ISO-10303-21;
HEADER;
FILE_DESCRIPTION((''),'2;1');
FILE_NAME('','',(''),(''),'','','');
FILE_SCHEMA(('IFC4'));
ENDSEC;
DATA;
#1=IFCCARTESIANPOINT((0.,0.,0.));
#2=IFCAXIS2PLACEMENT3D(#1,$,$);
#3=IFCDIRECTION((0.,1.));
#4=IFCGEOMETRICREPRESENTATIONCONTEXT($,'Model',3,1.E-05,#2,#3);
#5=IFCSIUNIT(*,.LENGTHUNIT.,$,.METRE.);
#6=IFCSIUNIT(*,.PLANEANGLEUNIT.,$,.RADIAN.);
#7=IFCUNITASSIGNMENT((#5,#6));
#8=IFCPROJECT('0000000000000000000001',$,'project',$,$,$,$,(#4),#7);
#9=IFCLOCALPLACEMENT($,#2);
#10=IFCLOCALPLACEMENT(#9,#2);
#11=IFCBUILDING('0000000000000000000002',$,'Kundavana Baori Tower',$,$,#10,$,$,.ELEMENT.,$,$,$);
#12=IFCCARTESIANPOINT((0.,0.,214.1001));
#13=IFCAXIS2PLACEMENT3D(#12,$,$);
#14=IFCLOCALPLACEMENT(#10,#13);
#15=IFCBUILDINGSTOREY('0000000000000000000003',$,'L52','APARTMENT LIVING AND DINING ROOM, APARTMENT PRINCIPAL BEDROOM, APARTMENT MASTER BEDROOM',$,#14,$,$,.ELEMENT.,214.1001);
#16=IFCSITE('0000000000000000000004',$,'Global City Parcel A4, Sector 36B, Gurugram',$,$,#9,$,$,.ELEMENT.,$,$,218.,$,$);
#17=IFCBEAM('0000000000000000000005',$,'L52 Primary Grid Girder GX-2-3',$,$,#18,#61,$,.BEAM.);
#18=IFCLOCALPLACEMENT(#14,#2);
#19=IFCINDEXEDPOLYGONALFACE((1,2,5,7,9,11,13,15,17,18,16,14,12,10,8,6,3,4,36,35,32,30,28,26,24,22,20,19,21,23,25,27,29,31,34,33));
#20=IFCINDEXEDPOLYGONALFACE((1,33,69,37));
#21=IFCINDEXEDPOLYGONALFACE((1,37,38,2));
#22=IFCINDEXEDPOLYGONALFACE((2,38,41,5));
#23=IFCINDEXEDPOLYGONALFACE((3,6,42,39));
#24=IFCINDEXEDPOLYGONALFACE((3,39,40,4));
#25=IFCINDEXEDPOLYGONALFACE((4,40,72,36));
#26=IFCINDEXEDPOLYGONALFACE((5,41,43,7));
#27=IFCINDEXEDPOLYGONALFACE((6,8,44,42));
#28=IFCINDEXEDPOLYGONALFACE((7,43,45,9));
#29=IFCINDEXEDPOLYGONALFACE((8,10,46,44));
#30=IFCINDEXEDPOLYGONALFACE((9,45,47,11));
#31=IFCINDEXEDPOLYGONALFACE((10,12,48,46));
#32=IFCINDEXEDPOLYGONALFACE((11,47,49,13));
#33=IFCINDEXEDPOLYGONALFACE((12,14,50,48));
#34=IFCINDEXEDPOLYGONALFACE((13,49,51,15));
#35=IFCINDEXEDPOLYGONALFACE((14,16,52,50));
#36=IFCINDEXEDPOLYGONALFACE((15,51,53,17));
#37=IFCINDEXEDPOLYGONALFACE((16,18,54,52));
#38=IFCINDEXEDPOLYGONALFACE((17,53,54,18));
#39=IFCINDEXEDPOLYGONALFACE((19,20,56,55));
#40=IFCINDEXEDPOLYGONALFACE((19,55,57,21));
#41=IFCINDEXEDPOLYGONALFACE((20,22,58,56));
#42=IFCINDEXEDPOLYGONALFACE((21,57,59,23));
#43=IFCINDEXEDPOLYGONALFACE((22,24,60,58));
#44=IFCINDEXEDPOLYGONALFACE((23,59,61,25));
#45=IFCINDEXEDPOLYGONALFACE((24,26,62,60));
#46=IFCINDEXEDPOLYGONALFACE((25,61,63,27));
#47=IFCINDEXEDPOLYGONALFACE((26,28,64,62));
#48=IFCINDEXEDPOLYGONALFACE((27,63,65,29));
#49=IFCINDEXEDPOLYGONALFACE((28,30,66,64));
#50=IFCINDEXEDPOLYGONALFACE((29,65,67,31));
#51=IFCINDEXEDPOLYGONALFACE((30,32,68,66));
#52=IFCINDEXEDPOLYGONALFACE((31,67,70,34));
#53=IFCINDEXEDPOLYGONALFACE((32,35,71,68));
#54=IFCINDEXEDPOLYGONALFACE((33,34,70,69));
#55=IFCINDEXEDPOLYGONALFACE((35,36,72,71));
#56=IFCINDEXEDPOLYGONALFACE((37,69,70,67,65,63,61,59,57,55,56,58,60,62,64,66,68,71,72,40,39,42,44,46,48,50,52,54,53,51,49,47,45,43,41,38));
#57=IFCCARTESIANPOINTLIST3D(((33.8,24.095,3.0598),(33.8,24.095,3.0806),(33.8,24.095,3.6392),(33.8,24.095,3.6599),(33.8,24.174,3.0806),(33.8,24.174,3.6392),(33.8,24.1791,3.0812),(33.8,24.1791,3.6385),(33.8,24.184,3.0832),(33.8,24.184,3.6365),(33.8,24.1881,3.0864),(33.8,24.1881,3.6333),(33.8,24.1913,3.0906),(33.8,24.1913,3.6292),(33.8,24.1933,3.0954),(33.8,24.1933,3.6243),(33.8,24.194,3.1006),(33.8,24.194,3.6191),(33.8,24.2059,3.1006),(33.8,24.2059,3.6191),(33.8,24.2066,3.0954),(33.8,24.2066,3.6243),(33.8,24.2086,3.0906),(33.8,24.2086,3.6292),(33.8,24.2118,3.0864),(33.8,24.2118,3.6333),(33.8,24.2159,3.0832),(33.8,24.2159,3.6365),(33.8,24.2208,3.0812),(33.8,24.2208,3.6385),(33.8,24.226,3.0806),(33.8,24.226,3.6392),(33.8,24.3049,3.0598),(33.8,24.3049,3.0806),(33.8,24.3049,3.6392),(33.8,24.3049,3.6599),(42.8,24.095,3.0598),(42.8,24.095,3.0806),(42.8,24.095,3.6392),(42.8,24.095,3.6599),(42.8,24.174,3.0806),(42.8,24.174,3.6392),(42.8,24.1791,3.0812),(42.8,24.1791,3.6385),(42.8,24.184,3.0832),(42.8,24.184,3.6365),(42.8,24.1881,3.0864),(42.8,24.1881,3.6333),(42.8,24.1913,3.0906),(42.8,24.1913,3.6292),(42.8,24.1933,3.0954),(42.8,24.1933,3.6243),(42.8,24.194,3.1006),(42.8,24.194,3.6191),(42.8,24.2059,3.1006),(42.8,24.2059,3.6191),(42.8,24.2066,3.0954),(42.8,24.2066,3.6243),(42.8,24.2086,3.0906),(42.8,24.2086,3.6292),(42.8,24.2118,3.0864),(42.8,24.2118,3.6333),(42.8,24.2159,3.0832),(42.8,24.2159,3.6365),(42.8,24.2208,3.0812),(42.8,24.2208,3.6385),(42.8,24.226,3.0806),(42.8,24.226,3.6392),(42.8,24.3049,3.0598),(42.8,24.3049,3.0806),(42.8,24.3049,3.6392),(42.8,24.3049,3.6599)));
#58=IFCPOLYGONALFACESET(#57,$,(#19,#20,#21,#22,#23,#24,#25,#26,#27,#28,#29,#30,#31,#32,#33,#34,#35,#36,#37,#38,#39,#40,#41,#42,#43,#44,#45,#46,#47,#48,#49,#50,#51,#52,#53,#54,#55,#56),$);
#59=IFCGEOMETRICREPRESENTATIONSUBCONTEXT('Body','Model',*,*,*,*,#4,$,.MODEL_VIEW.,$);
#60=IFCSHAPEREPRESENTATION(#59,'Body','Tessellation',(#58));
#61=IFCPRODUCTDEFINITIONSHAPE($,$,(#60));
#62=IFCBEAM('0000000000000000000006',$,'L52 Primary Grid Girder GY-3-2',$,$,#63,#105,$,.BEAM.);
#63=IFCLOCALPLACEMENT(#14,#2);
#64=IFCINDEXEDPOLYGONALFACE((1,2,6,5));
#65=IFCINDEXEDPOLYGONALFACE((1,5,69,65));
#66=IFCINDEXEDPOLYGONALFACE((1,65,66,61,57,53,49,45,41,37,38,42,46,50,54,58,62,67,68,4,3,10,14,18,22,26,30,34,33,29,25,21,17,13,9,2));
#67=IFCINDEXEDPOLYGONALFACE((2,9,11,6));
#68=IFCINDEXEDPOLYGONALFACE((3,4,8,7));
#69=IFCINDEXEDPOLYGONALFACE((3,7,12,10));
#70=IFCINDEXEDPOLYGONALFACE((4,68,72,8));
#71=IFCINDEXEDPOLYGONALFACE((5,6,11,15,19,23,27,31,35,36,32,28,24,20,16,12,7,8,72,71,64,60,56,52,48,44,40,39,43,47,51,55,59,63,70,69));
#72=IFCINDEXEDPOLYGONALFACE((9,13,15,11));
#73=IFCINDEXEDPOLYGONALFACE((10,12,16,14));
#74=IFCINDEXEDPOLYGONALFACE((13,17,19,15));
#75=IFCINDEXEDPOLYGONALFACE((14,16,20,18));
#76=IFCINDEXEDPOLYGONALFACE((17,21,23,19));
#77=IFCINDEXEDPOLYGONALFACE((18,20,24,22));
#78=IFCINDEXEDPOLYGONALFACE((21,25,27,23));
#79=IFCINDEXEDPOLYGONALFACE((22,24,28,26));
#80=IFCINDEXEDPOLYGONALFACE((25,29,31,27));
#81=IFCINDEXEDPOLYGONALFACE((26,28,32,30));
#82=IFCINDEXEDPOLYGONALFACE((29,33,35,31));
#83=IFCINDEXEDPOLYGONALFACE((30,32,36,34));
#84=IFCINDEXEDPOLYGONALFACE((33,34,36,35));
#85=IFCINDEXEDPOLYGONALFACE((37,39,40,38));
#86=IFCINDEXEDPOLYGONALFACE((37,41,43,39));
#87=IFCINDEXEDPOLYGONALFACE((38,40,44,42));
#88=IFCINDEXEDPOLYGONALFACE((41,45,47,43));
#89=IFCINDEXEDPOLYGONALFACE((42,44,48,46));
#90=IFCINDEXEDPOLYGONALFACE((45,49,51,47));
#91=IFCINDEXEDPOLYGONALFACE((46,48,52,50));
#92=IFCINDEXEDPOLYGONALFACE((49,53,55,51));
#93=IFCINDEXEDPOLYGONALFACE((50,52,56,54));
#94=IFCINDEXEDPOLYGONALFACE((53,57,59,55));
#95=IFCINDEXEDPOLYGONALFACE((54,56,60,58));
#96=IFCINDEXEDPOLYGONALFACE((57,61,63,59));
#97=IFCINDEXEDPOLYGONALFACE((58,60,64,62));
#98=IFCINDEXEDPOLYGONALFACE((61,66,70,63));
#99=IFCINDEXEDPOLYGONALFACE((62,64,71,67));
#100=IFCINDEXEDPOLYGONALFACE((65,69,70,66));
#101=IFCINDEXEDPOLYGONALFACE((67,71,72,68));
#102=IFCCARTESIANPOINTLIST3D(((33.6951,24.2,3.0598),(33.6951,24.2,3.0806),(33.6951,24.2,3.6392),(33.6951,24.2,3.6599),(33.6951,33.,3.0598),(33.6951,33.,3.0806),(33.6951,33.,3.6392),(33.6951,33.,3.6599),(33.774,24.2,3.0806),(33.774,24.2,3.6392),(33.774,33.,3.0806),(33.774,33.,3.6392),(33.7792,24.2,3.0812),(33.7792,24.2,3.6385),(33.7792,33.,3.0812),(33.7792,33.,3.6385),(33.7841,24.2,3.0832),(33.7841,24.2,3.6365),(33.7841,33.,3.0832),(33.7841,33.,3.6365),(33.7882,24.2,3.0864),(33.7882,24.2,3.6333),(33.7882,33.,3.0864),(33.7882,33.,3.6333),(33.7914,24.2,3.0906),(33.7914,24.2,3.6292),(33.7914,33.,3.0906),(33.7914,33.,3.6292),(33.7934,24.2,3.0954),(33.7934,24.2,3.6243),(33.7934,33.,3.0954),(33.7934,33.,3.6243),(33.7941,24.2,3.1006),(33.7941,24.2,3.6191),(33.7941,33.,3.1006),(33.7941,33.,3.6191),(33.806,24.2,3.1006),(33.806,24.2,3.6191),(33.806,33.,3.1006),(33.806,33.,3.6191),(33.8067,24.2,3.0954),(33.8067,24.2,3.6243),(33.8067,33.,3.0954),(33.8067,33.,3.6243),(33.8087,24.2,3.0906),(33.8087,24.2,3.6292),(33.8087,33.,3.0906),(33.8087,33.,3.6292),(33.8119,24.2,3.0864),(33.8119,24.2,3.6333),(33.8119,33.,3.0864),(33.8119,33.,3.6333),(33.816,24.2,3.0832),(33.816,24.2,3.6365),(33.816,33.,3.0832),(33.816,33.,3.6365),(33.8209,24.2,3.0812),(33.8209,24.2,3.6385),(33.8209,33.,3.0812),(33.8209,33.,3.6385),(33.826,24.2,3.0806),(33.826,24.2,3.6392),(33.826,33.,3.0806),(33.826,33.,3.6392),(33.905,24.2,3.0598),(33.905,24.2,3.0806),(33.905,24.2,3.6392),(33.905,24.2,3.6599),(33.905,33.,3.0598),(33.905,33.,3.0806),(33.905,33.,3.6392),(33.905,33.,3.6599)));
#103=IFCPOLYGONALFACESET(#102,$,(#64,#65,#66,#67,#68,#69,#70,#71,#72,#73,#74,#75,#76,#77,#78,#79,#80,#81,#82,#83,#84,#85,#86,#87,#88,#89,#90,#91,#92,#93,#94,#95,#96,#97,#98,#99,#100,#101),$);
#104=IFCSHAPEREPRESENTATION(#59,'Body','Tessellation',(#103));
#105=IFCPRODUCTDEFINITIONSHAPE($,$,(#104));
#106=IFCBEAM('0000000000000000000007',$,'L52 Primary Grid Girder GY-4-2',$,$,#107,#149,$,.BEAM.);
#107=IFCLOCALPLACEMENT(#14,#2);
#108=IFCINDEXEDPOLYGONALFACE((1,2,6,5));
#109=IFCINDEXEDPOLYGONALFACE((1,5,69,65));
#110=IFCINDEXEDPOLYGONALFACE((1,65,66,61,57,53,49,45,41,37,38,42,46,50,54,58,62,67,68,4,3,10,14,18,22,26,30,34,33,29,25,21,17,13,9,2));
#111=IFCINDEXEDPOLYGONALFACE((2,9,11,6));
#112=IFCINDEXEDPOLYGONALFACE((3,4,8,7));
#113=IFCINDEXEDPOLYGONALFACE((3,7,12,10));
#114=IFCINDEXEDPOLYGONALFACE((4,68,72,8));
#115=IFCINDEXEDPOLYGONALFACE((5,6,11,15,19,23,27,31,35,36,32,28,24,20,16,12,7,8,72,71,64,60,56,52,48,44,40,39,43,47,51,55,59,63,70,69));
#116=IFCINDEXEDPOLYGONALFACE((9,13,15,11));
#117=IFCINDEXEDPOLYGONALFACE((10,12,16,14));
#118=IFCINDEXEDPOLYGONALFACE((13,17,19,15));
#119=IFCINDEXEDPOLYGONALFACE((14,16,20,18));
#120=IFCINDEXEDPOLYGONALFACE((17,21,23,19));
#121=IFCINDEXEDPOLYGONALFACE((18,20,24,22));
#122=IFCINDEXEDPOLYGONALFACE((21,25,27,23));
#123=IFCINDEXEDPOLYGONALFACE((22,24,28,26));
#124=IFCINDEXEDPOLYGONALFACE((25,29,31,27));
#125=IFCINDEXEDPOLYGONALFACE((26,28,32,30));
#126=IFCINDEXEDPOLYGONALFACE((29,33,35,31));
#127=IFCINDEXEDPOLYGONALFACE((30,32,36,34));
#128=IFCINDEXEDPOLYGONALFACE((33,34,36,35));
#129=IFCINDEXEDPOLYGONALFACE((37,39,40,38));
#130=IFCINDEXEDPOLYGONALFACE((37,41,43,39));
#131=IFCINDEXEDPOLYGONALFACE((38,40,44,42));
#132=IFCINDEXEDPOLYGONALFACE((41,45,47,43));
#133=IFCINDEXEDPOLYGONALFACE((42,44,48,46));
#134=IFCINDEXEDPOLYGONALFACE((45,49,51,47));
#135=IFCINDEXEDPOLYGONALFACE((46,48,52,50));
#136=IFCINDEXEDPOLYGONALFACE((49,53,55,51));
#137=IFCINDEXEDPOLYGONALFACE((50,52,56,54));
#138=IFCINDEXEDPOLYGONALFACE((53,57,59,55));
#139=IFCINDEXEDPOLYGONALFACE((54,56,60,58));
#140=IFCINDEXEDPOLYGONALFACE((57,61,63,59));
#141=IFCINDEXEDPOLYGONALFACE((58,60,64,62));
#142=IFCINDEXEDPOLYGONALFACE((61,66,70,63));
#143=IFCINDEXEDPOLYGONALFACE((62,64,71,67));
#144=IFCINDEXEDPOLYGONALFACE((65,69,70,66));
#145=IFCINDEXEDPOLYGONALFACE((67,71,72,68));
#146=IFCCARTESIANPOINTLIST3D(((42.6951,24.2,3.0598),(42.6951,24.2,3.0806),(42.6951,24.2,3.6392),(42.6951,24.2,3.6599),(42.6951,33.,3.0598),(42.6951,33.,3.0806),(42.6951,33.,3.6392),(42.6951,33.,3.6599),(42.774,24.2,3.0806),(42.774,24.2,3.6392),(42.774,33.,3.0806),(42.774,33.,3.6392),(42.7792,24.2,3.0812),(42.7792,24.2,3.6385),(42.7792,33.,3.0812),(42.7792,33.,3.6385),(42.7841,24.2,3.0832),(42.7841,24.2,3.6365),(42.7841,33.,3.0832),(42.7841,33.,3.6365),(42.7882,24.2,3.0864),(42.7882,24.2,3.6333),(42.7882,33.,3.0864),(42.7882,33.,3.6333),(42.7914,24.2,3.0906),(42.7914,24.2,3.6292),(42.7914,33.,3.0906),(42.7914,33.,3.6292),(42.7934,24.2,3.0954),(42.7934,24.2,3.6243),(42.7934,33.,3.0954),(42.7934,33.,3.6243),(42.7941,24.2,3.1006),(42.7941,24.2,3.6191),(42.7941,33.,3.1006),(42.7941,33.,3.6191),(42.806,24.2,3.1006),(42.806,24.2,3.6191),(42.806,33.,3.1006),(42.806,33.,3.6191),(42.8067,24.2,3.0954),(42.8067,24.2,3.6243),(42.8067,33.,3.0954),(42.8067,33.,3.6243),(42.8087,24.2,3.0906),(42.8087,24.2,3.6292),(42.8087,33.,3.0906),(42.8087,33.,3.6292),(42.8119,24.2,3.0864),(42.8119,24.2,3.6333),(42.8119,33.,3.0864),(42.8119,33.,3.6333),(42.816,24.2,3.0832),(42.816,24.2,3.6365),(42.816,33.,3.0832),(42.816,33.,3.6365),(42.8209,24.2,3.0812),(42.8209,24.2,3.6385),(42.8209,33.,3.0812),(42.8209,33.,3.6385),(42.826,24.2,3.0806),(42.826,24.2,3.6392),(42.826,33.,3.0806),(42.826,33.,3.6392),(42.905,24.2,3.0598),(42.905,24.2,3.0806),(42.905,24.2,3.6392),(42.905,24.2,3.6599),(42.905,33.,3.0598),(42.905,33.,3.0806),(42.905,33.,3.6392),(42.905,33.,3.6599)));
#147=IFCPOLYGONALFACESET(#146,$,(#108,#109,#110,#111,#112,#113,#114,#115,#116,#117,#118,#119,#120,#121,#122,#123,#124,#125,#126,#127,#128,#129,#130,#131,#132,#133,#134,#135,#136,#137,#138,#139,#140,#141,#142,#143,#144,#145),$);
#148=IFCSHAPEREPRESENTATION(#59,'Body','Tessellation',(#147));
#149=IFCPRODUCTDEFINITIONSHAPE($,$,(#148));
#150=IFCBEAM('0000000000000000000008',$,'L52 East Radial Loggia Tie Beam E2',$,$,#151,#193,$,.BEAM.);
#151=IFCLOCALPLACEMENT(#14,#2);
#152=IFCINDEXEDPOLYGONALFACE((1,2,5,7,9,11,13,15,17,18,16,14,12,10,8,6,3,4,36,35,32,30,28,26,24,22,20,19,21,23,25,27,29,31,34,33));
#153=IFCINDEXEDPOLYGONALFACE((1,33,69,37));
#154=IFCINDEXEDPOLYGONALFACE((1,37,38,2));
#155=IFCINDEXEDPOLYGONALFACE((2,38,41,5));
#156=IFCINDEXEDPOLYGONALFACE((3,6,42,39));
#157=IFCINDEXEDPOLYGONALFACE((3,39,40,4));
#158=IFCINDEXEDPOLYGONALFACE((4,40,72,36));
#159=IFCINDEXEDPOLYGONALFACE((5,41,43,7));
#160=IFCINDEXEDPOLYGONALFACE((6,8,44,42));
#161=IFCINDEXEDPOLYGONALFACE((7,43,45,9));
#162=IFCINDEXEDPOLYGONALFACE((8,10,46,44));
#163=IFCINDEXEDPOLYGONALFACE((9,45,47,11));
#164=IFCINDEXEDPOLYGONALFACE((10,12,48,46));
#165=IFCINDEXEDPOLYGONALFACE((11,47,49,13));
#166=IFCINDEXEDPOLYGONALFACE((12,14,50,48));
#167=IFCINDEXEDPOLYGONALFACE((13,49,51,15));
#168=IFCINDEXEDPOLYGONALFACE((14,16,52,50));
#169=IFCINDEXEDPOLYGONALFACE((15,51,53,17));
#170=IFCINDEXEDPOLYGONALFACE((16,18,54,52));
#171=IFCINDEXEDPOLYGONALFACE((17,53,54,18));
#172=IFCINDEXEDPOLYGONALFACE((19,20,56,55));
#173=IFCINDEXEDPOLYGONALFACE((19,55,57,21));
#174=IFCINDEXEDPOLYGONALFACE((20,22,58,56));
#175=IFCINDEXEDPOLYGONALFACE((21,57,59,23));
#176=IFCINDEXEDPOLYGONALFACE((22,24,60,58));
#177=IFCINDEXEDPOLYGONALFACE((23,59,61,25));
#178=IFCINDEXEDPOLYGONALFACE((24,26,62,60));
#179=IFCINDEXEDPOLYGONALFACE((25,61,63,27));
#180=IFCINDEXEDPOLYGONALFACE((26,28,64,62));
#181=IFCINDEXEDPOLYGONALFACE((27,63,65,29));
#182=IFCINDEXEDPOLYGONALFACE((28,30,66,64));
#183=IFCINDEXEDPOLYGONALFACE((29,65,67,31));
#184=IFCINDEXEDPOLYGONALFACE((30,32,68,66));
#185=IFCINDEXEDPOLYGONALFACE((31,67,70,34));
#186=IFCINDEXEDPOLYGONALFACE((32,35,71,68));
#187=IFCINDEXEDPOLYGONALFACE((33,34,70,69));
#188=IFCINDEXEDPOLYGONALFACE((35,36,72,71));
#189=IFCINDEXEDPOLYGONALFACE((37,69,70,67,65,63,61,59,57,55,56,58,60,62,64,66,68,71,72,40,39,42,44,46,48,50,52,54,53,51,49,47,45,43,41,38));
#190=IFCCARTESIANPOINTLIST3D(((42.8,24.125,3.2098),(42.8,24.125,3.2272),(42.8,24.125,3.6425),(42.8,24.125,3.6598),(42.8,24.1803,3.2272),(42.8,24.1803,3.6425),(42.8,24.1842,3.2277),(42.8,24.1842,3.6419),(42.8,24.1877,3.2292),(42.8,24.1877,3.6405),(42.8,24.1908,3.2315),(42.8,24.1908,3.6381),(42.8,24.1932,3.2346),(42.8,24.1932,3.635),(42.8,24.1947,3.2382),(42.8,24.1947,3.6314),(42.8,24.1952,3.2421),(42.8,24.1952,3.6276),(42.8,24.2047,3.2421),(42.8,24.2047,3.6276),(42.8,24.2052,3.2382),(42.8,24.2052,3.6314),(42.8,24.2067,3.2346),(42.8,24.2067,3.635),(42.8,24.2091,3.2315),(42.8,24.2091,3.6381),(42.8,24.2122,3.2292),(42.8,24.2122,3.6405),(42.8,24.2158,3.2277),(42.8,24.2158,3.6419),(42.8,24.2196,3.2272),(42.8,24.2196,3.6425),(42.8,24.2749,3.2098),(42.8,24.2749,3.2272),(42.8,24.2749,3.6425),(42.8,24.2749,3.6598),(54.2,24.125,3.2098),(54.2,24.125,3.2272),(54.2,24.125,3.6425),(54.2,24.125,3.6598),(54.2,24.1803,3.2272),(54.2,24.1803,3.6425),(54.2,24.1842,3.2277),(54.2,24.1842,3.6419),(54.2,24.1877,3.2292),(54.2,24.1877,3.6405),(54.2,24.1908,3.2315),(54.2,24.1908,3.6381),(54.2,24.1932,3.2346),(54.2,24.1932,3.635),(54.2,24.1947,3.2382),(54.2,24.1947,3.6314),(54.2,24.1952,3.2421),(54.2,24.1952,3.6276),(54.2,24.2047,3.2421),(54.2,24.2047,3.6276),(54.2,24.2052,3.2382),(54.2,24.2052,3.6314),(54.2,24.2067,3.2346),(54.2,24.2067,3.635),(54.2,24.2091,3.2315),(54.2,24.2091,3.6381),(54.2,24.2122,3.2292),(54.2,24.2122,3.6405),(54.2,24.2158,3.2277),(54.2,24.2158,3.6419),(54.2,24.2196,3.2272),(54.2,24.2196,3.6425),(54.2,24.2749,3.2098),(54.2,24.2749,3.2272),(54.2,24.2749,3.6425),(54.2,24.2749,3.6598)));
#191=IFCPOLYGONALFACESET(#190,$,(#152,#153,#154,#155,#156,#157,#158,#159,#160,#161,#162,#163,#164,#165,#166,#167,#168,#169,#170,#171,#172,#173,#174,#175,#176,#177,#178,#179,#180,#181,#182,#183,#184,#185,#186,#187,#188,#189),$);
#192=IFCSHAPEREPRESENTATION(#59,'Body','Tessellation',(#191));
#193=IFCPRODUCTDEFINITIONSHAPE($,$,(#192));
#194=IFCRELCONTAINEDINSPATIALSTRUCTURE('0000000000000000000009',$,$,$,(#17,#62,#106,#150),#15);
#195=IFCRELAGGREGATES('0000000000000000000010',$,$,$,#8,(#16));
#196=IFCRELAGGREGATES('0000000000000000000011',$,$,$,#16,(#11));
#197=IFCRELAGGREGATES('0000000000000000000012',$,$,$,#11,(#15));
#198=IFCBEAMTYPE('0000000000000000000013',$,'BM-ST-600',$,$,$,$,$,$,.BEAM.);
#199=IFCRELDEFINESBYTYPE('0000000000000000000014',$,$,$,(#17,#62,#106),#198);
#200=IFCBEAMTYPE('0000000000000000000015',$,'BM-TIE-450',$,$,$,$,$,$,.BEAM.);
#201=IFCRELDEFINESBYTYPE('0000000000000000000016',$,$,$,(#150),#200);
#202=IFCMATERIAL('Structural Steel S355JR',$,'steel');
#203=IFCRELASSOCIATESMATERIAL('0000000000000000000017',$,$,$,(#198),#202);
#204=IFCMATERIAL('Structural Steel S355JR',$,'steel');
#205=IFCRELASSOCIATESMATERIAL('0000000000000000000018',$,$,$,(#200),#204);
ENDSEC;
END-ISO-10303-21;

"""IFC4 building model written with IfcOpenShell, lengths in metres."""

from ifc_helpers import new_model, si_unit, direction, frame, origin, origin_2d, place, context, subcontext, project, spatial, i_section, extrude, material, material_profile, profile_set, type_object, element, save


model = new_model("IFC4")

# Units and contexts
model_context = context("Model", 3, precision=1e-05, world=origin(), true_north=direction((0.0, 1.0)))
body_context = subcontext(model_context, "Body", "Model", "MODEL_VIEW")
ifc_project = project(units=[si_unit("LENGTHUNIT", "METRE"), si_unit("PLANEANGLEUNIT", "RADIAN")], contexts=[model_context])

# Site, building, storey
site_placement = place(None, origin())
site = spatial("IfcSite", under=ifc_project, at=site_placement, Name="Global City Parcel A4, Sector 36B, Gurugram", CompositionType="ELEMENT", RefElevation=218.0)
building_placement = place(site_placement, origin())
building = spatial("IfcBuilding", under=site, at=building_placement, Name="Kundavana Baori Tower", CompositionType="ELEMENT")
storey_placement = place(building_placement, frame((0.0, 0.0, 214.1001)))
storey = spatial("IfcBuildingStorey", under=building, at=storey_placement, Name="L52", Description="APARTMENT LIVING AND DINING ROOM, APARTMENT PRINCIPAL BEDROOM, APARTMENT MASTER BEDROOM", CompositionType="ELEMENT", Elevation=214.1001)

# Beams
ifc_material_1 = material(Name="Structural Steel S355JR", Category="steel")
ifc_material_profile_1 = material_profile(ifc_material_1, i_section(OverallWidth=0.21, OverallDepth=0.6001, WebThickness=0.012, FlangeThickness=0.0208, FilletRadius=0.02, at=origin_2d()), Name="ISMB 600")
ifc_profile_set_1 = profile_set([ifc_material_profile_1], Name="Structural Steel S355JR")
beam_type_1 = type_object("IfcBeamType", Name="BM-ST-600", PredefinedType="BEAM", material=ifc_profile_set_1)
beam_1_placement = place(storey_placement, frame((33.8, 24.2, 3.3599), z_axis=(1.0, 0.0, 0.0), x_axis=(0.0, 1.0, 0.0)))
element("IfcBeam", 1, at=beam_1_placement, inside=storey, type_object=beam_type_1, Name="L52 Primary Grid Girder GX-2-3", PredefinedType="BEAM", context=body_context, shape_type="SweptSolid", body=[
    extrude(i_section(OverallWidth=0.21, OverallDepth=0.6001, WebThickness=0.012, FlangeThickness=0.0208, FilletRadius=0.02, at=origin_2d()), origin(), (0.0, 0.0, 1.0), 9.0),
])
for number, where, z_axis, x_axis, name in (
    (2, (33.8, 24.2, 3.3599), (0.0, 1.0, 0.0), (-1.0, 0.0, 0.0), "L52 Primary Grid Girder GY-3-2"),
    (3, (42.8, 24.2, 3.3599), (0.0, 1.0, 0.0), (-1.0, 0.0, 0.0), "L52 Primary Grid Girder GY-4-2"),
):
    element("IfcBeam", number, at=place(storey_placement, frame(where, z_axis=z_axis, x_axis=x_axis)), inside=storey, type_object=beam_type_1, Name=name, PredefinedType="BEAM", context=body_context, shape_type="SweptSolid", body=[
        extrude(i_section(OverallWidth=0.21, OverallDepth=0.6001, WebThickness=0.012, FlangeThickness=0.0208, FilletRadius=0.02, at=origin_2d()), origin(), (0.0, 0.0, 1.0), 8.8),
    ])
ifc_material_2 = material(Name="Structural Steel S355JR", Category="steel")
ifc_material_profile_2 = material_profile(ifc_material_2, i_section(OverallWidth=0.1499, OverallDepth=0.45, WebThickness=0.0095, FlangeThickness=0.0173, FilletRadius=0.0149, at=origin_2d()), Name="ISMB 450")
ifc_profile_set_2 = profile_set([ifc_material_profile_2], Name="Structural Steel S355JR")
beam_type_2 = type_object("IfcBeamType", Name="BM-TIE-450", PredefinedType="BEAM", material=ifc_profile_set_2)
beam_2_placement = place(storey_placement, frame((42.8, 24.2, 3.4348), z_axis=(1.0, 0.0, 0.0), x_axis=(0.0, 1.0, 0.0)))
element("IfcBeam", 4, at=beam_2_placement, inside=storey, type_object=beam_type_2, Name="L52 East Radial Loggia Tie Beam E2", PredefinedType="BEAM", context=body_context, shape_type="SweptSolid", body=[
    extrude(i_section(OverallWidth=0.1499, OverallDepth=0.45, WebThickness=0.0095, FlangeThickness=0.0173, FilletRadius=0.0149, at=origin_2d()), origin(), (0.0, 0.0, 1.0), 11.3999),
])

save(model, "model.ifc")
